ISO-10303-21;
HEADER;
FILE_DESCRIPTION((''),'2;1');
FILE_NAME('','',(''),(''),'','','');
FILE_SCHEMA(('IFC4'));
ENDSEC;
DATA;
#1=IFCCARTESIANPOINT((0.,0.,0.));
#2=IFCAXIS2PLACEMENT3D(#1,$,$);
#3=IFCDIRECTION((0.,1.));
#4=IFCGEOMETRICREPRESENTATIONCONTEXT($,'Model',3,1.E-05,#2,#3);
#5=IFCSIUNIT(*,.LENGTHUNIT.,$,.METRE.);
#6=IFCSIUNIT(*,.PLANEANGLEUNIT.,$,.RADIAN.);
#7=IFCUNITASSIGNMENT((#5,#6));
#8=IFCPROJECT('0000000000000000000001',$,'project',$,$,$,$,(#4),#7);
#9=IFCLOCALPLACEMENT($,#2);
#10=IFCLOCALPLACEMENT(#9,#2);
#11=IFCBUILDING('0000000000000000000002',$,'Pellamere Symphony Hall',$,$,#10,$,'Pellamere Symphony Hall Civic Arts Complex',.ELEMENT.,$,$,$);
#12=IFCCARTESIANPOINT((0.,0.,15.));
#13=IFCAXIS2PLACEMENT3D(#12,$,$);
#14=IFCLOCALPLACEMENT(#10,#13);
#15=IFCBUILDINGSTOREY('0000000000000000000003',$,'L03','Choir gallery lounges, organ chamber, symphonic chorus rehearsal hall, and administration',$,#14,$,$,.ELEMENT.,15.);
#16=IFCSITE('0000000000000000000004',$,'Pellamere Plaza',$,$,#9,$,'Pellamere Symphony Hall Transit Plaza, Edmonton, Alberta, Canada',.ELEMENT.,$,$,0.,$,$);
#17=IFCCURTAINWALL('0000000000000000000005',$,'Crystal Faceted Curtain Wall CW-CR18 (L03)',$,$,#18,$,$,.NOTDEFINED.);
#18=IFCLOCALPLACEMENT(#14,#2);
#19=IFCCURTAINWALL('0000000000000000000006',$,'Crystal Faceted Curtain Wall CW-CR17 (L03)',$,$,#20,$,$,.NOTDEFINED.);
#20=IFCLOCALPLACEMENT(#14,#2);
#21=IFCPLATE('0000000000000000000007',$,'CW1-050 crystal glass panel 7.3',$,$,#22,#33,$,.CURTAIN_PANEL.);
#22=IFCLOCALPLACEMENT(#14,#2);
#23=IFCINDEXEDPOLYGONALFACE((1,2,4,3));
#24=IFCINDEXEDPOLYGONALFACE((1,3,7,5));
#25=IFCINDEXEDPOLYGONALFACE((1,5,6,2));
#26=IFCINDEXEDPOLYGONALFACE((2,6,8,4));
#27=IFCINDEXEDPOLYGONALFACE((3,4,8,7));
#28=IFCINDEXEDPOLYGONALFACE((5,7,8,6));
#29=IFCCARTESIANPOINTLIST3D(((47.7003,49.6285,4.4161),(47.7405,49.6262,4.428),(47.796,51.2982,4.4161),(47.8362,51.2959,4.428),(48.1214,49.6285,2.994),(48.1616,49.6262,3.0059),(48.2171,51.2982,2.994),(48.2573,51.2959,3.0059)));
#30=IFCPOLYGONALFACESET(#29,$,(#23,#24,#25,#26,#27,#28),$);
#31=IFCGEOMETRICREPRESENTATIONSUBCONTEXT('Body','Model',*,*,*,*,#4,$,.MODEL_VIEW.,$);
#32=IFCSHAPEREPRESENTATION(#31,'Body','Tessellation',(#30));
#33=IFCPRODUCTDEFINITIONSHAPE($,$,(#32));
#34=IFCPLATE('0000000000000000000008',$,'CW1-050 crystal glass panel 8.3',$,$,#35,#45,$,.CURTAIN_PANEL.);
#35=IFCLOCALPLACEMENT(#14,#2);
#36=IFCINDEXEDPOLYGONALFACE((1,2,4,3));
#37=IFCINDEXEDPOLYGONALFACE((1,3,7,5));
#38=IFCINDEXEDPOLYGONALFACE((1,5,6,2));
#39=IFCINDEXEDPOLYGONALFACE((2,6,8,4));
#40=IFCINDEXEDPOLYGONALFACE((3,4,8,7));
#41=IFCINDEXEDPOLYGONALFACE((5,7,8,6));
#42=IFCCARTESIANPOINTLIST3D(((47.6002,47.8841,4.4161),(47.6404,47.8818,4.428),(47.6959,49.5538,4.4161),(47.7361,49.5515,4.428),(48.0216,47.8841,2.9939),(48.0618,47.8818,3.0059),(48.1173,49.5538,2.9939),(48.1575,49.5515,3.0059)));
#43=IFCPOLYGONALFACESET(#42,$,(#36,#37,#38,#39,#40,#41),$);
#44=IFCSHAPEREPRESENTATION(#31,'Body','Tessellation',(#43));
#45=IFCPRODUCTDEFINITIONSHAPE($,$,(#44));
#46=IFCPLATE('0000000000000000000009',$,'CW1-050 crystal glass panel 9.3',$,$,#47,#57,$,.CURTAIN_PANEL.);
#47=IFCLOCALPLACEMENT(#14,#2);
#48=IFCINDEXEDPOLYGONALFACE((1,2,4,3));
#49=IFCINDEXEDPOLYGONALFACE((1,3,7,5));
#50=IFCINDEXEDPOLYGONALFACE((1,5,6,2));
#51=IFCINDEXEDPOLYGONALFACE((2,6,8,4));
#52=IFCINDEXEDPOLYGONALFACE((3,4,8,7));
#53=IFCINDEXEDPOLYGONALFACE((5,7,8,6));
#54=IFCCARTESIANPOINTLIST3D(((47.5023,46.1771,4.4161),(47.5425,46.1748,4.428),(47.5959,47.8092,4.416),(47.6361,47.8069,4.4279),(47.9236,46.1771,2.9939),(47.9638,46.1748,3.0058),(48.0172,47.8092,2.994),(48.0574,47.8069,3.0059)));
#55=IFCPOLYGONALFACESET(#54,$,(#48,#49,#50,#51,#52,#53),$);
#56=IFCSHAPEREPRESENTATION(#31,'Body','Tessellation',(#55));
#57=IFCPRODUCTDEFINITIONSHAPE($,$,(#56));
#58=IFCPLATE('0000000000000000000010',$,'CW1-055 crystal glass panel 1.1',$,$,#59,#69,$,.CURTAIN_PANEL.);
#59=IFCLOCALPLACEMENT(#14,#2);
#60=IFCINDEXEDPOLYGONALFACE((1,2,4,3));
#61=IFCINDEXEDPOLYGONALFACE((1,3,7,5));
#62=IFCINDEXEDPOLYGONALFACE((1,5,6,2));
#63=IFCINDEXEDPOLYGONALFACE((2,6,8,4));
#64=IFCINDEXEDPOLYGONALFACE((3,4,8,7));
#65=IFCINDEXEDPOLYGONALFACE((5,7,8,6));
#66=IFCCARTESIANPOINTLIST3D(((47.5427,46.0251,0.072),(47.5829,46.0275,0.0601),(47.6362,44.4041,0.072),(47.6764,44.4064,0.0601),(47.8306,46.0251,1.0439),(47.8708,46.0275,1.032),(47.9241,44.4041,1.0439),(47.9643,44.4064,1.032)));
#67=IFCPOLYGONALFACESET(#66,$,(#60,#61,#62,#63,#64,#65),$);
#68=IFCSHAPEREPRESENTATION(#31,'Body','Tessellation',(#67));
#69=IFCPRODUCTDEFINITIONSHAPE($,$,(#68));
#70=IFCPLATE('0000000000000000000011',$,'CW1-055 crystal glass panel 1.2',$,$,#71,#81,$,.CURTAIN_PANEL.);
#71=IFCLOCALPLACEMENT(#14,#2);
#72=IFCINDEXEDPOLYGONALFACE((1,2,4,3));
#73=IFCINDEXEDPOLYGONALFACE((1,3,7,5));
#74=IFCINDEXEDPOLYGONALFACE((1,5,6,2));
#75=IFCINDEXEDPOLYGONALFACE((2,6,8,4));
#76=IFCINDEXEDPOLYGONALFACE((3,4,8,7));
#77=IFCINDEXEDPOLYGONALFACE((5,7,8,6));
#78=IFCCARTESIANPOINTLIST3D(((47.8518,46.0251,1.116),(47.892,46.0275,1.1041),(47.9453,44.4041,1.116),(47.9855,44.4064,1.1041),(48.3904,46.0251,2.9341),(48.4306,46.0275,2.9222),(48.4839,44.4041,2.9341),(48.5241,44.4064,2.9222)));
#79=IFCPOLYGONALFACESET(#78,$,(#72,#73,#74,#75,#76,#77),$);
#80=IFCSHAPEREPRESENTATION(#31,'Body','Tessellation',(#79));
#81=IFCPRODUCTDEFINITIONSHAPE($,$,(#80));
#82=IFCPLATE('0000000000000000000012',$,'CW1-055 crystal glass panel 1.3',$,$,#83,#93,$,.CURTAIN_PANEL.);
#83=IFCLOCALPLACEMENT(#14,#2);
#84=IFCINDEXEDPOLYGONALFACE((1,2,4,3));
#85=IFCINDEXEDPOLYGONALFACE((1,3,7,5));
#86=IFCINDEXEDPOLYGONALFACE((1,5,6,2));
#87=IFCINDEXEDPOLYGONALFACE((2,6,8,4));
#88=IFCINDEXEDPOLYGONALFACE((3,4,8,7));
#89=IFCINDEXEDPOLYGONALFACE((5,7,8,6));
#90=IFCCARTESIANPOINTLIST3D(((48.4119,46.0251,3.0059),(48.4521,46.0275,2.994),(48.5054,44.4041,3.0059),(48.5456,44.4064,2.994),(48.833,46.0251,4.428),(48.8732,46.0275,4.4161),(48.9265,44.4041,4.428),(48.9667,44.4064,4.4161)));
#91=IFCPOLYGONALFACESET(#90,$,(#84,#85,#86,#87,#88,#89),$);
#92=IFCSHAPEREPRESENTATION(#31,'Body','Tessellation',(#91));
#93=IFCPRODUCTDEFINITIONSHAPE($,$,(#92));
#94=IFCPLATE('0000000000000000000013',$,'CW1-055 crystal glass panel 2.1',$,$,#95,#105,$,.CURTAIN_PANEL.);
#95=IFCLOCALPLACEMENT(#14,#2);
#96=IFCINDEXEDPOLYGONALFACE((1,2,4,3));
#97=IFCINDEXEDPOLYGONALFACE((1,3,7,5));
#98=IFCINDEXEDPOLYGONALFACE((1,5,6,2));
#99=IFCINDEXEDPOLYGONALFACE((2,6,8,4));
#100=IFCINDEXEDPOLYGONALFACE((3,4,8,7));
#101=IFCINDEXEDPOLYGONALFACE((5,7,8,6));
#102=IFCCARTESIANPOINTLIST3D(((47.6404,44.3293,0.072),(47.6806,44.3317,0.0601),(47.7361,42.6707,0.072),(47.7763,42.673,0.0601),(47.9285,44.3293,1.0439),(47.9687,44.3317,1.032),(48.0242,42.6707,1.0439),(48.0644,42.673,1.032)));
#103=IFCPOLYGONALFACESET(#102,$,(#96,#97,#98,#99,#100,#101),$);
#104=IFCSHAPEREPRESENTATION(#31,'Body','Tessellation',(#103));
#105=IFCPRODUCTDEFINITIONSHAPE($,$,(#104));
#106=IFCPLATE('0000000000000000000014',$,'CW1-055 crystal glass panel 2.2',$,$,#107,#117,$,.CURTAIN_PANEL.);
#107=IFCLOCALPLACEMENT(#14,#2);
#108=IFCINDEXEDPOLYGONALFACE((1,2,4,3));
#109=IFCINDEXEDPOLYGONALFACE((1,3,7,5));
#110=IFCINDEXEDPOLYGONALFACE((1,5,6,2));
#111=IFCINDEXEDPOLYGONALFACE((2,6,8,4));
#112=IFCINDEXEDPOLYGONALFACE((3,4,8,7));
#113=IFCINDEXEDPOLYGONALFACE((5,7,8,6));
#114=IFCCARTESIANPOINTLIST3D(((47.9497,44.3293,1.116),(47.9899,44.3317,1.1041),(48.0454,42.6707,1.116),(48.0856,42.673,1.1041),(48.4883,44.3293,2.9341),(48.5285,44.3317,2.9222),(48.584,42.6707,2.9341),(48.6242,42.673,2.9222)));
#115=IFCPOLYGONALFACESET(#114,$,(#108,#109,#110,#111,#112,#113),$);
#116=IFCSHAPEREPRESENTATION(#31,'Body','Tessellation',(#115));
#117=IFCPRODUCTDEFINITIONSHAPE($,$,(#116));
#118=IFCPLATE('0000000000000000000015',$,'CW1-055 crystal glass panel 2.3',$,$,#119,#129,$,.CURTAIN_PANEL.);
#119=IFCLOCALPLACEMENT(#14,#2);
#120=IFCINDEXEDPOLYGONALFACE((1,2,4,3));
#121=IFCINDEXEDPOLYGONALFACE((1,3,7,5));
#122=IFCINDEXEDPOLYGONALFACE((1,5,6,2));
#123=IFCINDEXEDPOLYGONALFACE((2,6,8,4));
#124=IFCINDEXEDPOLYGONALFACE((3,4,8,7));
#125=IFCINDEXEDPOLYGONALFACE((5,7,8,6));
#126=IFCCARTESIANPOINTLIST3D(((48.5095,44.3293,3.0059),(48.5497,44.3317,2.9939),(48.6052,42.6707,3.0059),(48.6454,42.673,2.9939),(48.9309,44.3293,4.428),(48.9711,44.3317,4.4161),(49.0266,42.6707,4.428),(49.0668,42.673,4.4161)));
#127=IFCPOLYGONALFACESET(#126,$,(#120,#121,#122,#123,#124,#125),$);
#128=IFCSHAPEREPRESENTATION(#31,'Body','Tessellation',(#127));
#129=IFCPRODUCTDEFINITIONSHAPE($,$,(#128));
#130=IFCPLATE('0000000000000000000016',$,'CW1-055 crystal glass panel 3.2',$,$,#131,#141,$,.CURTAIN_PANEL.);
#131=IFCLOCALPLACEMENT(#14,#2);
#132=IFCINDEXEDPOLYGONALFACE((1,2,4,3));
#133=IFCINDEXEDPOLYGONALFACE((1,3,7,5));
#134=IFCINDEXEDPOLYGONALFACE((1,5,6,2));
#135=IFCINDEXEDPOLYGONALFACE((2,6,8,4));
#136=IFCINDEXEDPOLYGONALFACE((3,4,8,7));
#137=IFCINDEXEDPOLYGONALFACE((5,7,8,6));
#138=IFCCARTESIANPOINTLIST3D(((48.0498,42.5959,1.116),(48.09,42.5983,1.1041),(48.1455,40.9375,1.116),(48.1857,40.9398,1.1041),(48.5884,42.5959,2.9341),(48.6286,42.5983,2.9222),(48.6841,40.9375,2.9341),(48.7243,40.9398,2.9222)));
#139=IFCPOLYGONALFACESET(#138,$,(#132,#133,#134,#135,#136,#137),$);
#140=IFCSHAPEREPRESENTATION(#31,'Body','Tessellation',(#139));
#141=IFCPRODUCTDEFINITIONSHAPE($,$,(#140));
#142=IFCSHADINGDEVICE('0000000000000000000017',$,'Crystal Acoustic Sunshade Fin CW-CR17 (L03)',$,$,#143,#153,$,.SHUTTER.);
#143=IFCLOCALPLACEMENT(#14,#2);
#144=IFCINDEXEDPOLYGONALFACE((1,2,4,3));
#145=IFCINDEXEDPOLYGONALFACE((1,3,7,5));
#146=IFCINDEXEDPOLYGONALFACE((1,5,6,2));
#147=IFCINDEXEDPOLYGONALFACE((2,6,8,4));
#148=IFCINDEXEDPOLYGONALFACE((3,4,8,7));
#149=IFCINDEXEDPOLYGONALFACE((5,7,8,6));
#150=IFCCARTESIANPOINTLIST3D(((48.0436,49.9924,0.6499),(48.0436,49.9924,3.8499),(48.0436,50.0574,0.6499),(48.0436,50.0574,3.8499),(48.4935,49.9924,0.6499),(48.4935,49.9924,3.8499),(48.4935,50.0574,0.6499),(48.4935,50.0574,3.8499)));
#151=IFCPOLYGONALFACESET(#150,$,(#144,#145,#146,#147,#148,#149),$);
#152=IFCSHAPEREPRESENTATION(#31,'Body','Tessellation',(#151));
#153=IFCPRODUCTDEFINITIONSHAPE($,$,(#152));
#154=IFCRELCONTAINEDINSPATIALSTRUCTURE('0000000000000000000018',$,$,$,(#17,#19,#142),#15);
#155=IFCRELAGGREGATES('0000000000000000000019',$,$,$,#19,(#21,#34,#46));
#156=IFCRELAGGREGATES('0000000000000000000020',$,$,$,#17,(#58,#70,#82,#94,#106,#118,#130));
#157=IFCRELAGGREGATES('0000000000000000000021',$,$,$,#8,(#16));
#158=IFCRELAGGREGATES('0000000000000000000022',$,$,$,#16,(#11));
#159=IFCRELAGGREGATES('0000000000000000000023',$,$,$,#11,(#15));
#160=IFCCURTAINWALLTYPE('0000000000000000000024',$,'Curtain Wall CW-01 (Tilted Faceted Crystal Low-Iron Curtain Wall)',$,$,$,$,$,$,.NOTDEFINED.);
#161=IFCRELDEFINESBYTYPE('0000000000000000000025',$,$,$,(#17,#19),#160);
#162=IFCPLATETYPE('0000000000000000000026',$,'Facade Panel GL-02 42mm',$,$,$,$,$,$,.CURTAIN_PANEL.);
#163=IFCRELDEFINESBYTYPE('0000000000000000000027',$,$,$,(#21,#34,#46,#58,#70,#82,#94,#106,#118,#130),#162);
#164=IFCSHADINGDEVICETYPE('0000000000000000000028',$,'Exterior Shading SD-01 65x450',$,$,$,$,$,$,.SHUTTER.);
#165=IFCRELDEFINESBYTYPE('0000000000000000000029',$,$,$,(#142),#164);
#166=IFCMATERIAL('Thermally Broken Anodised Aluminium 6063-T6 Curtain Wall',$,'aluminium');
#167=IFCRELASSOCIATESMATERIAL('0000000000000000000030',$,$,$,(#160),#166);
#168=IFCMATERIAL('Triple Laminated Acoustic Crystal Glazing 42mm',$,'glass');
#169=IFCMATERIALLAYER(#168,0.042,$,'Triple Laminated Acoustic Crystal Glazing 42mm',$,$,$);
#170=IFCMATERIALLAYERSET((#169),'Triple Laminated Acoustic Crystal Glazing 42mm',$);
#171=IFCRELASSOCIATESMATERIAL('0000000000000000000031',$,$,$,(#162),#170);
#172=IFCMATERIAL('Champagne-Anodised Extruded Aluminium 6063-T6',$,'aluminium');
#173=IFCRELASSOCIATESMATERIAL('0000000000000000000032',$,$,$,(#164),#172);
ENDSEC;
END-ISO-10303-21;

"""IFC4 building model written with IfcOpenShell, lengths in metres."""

from ifc_helpers import new_model, si_unit, direction, frame, origin, origin_2d, place, context, subcontext, project, spatial, polyline, rectangle, outline, extrude, material, layer, layer_set, type_object, element, aggregate, save


model = new_model("IFC4")

# Units and contexts
model_context = context("Model", 3, precision=1e-05, world=origin(), true_north=direction((0.0, 1.0)))
body_context = subcontext(model_context, "Body", "Model", "MODEL_VIEW")
ifc_project = project(units=[si_unit("LENGTHUNIT", "METRE"), si_unit("PLANEANGLEUNIT", "RADIAN")], contexts=[model_context])

# Site, building, storey
site_placement = place(None, origin())
site = spatial("IfcSite", under=ifc_project, at=site_placement, Name="Pellamere Plaza", LongName="Pellamere Symphony Hall Transit Plaza, Edmonton, Alberta, Canada", CompositionType="ELEMENT", RefElevation=0.0)
building_placement = place(site_placement, origin())
building = spatial("IfcBuilding", under=site, at=building_placement, Name="Pellamere Symphony Hall", LongName="Pellamere Symphony Hall Civic Arts Complex", CompositionType="ELEMENT")
storey_placement = place(building_placement, frame((0.0, 0.0, 15.0)))
storey = spatial("IfcBuildingStorey", under=building, at=storey_placement, Name="L03", Description="Choir gallery lounges, organ chamber, symphonic chorus rehearsal hall, and administration", CompositionType="ELEMENT", Elevation=15.0)

# Curtain walls
ifc_material_1 = material(Name="Thermally Broken Anodised Aluminium 6063-T6 Curtain Wall", Category="aluminium")
curtain_wall_type = type_object("IfcCurtainWallType", Name="Curtain Wall CW-01 (Tilted Faceted Crystal Low-Iron Curtain Wall)", PredefinedType="NOTDEFINED", material=ifc_material_1)
curtain_wall_1_placement = place(storey_placement, origin())
curtain_wall_1 = element("IfcCurtainWall", 1, at=curtain_wall_1_placement, inside=storey, type_object=curtain_wall_type, Name="Crystal Faceted Curtain Wall CW-CR18 (L03)", PredefinedType="NOTDEFINED")
curtain_wall_2_placement = place(storey_placement, origin())
curtain_wall_2 = element("IfcCurtainWall", 2, at=curtain_wall_2_placement, inside=storey, type_object=curtain_wall_type, Name="Crystal Faceted Curtain Wall CW-CR17 (L03)", PredefinedType="NOTDEFINED")

# Plates
ifc_material_2 = material(Name="Triple Laminated Acoustic Crystal Glazing 42mm", Category="glass")
ifc_layer = layer(ifc_material_2, 0.042, Name="Triple Laminated Acoustic Crystal Glazing 42mm")
ifc_layer_set = layer_set([ifc_layer], Name="Triple Laminated Acoustic Crystal Glazing 42mm")
plate_type = type_object("IfcPlateType", Name="Facade Panel GL-02 42mm", PredefinedType="CURTAIN_PANEL", material=ifc_layer_set)
plate_1_placement = place(storey_placement, frame((48.2573, 51.2959, 3.0059), z_axis=(0.957395, -0.054876, 0.28352), x_axis=(-0.057224, -0.998361, 0.0)))
plate_1 = element("IfcPlate", 3, at=plate_1_placement, type_object=plate_type, Name="CW1-050 crystal glass panel 7.3", PredefinedType="CURTAIN_PANEL", context=body_context, shape_type="SweptSolid", body=[
    extrude(outline(polyline([(0.0, 0.0), (1.6724, 0.0), (1.6965, -1.483), (0.0241, -1.483), (0.0, 0.0)])), origin(), (0.0, 0.0, -1.0), 0.042),
])
plate_2_placement = place(storey_placement, frame((48.1575, 49.5515, 3.0059), z_axis=(0.95735, -0.054874, 0.283671), x_axis=(-0.057224, -0.998361, 0.0)))
plate_2 = element("IfcPlate", 4, at=plate_2_placement, type_object=plate_type, Name="CW1-050 crystal glass panel 8.3", PredefinedType="CURTAIN_PANEL", context=body_context, shape_type="SweptSolid", body=[
    extrude(outline(polyline([(0.0, 0.0), (1.6724, 0.0), (1.6965, -1.483), (0.0241, -1.483), (0.0, 0.0)])), origin(), (0.0, 0.0, -1.0), 0.042),
])
plate_3_placement = place(storey_placement, frame((48.0574, 47.8069, 3.0059), z_axis=(0.95737, -0.054922, 0.283595), x_axis=(-0.057267, -0.998359, -0.00002)))
plate_3 = element("IfcPlate", 5, at=plate_3_placement, type_object=plate_type, Name="CW1-050 crystal glass panel 9.3", PredefinedType="CURTAIN_PANEL", context=body_context, shape_type="SweptSolid", body=[
    extrude(outline(polyline([(0.0, 0.0), (1.6348, 0.0), (1.6589, -1.483), (0.0241, -1.483), (0.0, 0.0)])), origin(), (0.0, 0.0, -1.0), 0.042),
])
aggregate(curtain_wall_2, [plate_1, plate_2, plate_3])
plate_4_placement = place(storey_placement, frame((47.5427, 46.0251, 0.072), z_axis=(-0.957371, -0.055222, 0.283532), x_axis=(0.057585, -0.998341, 0.0)))
plate_4 = element("IfcPlate", 6, at=plate_4_placement, type_object=plate_type, Name="CW1-055 crystal glass panel 1.1", PredefinedType="CURTAIN_PANEL", context=body_context, shape_type="SweptSolid", body=[
    extrude(outline(polyline([(0.0, 0.0), (1.6238, 0.0), (1.6404, 1.0135), (0.0166, 1.0135), (0.0, 0.0)])), origin(), (0.0, 0.0, -1.0), 0.042),
])
plate_5_placement = place(storey_placement, frame((47.8518, 46.0251, 1.116), z_axis=(-0.957353, -0.055221, 0.283594), x_axis=(0.057585, -0.998341, 0.0)))
plate_5 = element("IfcPlate", 7, at=plate_5_placement, type_object=plate_type, Name="CW1-055 crystal glass panel 1.2", PredefinedType="CURTAIN_PANEL", context=body_context, shape_type="SweptSolid", body=[
    extrude(outline(polyline([(0.0, 0.0), (1.6238, 0.0), (1.6548, 1.896), (0.031, 1.896), (0.0, 0.0)])), origin(), (0.0, 0.0, -1.0), 0.042),
])
plate_6_placement = place(storey_placement, frame((48.4119, 46.0251, 3.0059), z_axis=(-0.957377, -0.055222, 0.283515), x_axis=(0.057585, -0.998341, 0.0)))
plate_6 = element("IfcPlate", 8, at=plate_6_placement, type_object=plate_type, Name="CW1-055 crystal glass panel 1.3", PredefinedType="CURTAIN_PANEL", context=body_context, shape_type="SweptSolid", body=[
    extrude(outline(polyline([(0.0, 0.0), (1.6238, 0.0), (1.648, 1.483), (0.0243, 1.483), (0.0, 0.0)])), origin(), (0.0, 0.0, -1.0), 0.042),
])
plate_7_placement = place(storey_placement, frame((47.6404, 44.3293, 0.072), z_axis=(-0.957305, -0.055235, 0.283753), x_axis=(0.057602, -0.99834, 0.0)))
plate_7 = element("IfcPlate", 9, at=plate_7_placement, type_object=plate_type, Name="CW1-055 crystal glass panel 2.1", PredefinedType="CURTAIN_PANEL", context=body_context, shape_type="SweptSolid", body=[
    extrude(outline(polyline([(0.0, 0.0), (1.6615, 0.0), (1.678, 1.0136), (0.0166, 1.0136), (0.0, 0.0)])), origin(), (0.0, 0.0, -1.0), 0.042),
])
plate_8_placement = place(storey_placement, frame((47.9497, 44.3293, 1.116), z_axis=(-0.957352, -0.055237, 0.283593), x_axis=(0.057602, -0.99834, 0.0)))
plate_8 = element("IfcPlate", 10, at=plate_8_placement, type_object=plate_type, Name="CW1-055 crystal glass panel 2.2", PredefinedType="CURTAIN_PANEL", context=body_context, shape_type="SweptSolid", body=[
    extrude(outline(polyline([(0.0, 0.0), (1.6615, 0.0), (1.6925, 1.896), (0.031, 1.896), (0.0, 0.0)])), origin(), (0.0, 0.0, -1.0), 0.042),
])
plate_9_placement = place(storey_placement, frame((48.5095, 44.3293, 3.0059), z_axis=(-0.957331, -0.055236, 0.283666), x_axis=(0.057602, -0.99834, 0.0)))
plate_9 = element("IfcPlate", 11, at=plate_9_placement, type_object=plate_type, Name="CW1-055 crystal glass panel 2.3", PredefinedType="CURTAIN_PANEL", context=body_context, shape_type="SweptSolid", body=[
    extrude(outline(polyline([(0.0, 0.0), (1.6615, 0.0), (1.6857, 1.483), (0.0243, 1.483), (0.0, 0.0)])), origin(), (0.0, 0.0, -1.0), 0.042),
])
plate_10_placement = place(storey_placement, frame((48.0498, 42.5959, 1.116), z_axis=(-0.957352, -0.055245, 0.283593), x_axis=(0.057611, -0.998339, 0.0)))
plate_10 = element("IfcPlate", 12, at=plate_10_placement, type_object=plate_type, Name="CW1-055 crystal glass panel 3.2", PredefinedType="CURTAIN_PANEL", context=body_context, shape_type="SweptSolid", body=[
    extrude(outline(polyline([(0.0, 0.0), (1.6612, 0.0), (1.6922, 1.896), (0.031, 1.896), (0.0, 0.0)])), origin(), (0.0, 0.0, -1.0), 0.042),
])
aggregate(curtain_wall_1, [plate_4, plate_5, plate_6, plate_7, plate_8, plate_9, plate_10])

# Shading device
ifc_material_3 = material(Name="Champagne-Anodised Extruded Aluminium 6063-T6", Category="aluminium")
shading_device_type = type_object("IfcShadingDeviceType", Name="Exterior Shading SD-01 65x450", PredefinedType="SHUTTER", material=ifc_material_3)
shading_device_placement = place(storey_placement, frame((48.2686, 50.0249, 0.6499), z_axis=(0.0, 0.0, 1.0), x_axis=(0.0, 1.0, 0.0)))
element("IfcShadingDevice", 13, at=shading_device_placement, inside=storey, type_object=shading_device_type, Name="Crystal Acoustic Sunshade Fin CW-CR17 (L03)", PredefinedType="SHUTTER", context=body_context, shape_type="SweptSolid", body=[
    extrude(rectangle(XDim=0.0649, YDim=0.45, at=origin_2d()), origin(), (0.0, 0.0, 1.0), 3.2),
])

save(model, "model.ifc")
